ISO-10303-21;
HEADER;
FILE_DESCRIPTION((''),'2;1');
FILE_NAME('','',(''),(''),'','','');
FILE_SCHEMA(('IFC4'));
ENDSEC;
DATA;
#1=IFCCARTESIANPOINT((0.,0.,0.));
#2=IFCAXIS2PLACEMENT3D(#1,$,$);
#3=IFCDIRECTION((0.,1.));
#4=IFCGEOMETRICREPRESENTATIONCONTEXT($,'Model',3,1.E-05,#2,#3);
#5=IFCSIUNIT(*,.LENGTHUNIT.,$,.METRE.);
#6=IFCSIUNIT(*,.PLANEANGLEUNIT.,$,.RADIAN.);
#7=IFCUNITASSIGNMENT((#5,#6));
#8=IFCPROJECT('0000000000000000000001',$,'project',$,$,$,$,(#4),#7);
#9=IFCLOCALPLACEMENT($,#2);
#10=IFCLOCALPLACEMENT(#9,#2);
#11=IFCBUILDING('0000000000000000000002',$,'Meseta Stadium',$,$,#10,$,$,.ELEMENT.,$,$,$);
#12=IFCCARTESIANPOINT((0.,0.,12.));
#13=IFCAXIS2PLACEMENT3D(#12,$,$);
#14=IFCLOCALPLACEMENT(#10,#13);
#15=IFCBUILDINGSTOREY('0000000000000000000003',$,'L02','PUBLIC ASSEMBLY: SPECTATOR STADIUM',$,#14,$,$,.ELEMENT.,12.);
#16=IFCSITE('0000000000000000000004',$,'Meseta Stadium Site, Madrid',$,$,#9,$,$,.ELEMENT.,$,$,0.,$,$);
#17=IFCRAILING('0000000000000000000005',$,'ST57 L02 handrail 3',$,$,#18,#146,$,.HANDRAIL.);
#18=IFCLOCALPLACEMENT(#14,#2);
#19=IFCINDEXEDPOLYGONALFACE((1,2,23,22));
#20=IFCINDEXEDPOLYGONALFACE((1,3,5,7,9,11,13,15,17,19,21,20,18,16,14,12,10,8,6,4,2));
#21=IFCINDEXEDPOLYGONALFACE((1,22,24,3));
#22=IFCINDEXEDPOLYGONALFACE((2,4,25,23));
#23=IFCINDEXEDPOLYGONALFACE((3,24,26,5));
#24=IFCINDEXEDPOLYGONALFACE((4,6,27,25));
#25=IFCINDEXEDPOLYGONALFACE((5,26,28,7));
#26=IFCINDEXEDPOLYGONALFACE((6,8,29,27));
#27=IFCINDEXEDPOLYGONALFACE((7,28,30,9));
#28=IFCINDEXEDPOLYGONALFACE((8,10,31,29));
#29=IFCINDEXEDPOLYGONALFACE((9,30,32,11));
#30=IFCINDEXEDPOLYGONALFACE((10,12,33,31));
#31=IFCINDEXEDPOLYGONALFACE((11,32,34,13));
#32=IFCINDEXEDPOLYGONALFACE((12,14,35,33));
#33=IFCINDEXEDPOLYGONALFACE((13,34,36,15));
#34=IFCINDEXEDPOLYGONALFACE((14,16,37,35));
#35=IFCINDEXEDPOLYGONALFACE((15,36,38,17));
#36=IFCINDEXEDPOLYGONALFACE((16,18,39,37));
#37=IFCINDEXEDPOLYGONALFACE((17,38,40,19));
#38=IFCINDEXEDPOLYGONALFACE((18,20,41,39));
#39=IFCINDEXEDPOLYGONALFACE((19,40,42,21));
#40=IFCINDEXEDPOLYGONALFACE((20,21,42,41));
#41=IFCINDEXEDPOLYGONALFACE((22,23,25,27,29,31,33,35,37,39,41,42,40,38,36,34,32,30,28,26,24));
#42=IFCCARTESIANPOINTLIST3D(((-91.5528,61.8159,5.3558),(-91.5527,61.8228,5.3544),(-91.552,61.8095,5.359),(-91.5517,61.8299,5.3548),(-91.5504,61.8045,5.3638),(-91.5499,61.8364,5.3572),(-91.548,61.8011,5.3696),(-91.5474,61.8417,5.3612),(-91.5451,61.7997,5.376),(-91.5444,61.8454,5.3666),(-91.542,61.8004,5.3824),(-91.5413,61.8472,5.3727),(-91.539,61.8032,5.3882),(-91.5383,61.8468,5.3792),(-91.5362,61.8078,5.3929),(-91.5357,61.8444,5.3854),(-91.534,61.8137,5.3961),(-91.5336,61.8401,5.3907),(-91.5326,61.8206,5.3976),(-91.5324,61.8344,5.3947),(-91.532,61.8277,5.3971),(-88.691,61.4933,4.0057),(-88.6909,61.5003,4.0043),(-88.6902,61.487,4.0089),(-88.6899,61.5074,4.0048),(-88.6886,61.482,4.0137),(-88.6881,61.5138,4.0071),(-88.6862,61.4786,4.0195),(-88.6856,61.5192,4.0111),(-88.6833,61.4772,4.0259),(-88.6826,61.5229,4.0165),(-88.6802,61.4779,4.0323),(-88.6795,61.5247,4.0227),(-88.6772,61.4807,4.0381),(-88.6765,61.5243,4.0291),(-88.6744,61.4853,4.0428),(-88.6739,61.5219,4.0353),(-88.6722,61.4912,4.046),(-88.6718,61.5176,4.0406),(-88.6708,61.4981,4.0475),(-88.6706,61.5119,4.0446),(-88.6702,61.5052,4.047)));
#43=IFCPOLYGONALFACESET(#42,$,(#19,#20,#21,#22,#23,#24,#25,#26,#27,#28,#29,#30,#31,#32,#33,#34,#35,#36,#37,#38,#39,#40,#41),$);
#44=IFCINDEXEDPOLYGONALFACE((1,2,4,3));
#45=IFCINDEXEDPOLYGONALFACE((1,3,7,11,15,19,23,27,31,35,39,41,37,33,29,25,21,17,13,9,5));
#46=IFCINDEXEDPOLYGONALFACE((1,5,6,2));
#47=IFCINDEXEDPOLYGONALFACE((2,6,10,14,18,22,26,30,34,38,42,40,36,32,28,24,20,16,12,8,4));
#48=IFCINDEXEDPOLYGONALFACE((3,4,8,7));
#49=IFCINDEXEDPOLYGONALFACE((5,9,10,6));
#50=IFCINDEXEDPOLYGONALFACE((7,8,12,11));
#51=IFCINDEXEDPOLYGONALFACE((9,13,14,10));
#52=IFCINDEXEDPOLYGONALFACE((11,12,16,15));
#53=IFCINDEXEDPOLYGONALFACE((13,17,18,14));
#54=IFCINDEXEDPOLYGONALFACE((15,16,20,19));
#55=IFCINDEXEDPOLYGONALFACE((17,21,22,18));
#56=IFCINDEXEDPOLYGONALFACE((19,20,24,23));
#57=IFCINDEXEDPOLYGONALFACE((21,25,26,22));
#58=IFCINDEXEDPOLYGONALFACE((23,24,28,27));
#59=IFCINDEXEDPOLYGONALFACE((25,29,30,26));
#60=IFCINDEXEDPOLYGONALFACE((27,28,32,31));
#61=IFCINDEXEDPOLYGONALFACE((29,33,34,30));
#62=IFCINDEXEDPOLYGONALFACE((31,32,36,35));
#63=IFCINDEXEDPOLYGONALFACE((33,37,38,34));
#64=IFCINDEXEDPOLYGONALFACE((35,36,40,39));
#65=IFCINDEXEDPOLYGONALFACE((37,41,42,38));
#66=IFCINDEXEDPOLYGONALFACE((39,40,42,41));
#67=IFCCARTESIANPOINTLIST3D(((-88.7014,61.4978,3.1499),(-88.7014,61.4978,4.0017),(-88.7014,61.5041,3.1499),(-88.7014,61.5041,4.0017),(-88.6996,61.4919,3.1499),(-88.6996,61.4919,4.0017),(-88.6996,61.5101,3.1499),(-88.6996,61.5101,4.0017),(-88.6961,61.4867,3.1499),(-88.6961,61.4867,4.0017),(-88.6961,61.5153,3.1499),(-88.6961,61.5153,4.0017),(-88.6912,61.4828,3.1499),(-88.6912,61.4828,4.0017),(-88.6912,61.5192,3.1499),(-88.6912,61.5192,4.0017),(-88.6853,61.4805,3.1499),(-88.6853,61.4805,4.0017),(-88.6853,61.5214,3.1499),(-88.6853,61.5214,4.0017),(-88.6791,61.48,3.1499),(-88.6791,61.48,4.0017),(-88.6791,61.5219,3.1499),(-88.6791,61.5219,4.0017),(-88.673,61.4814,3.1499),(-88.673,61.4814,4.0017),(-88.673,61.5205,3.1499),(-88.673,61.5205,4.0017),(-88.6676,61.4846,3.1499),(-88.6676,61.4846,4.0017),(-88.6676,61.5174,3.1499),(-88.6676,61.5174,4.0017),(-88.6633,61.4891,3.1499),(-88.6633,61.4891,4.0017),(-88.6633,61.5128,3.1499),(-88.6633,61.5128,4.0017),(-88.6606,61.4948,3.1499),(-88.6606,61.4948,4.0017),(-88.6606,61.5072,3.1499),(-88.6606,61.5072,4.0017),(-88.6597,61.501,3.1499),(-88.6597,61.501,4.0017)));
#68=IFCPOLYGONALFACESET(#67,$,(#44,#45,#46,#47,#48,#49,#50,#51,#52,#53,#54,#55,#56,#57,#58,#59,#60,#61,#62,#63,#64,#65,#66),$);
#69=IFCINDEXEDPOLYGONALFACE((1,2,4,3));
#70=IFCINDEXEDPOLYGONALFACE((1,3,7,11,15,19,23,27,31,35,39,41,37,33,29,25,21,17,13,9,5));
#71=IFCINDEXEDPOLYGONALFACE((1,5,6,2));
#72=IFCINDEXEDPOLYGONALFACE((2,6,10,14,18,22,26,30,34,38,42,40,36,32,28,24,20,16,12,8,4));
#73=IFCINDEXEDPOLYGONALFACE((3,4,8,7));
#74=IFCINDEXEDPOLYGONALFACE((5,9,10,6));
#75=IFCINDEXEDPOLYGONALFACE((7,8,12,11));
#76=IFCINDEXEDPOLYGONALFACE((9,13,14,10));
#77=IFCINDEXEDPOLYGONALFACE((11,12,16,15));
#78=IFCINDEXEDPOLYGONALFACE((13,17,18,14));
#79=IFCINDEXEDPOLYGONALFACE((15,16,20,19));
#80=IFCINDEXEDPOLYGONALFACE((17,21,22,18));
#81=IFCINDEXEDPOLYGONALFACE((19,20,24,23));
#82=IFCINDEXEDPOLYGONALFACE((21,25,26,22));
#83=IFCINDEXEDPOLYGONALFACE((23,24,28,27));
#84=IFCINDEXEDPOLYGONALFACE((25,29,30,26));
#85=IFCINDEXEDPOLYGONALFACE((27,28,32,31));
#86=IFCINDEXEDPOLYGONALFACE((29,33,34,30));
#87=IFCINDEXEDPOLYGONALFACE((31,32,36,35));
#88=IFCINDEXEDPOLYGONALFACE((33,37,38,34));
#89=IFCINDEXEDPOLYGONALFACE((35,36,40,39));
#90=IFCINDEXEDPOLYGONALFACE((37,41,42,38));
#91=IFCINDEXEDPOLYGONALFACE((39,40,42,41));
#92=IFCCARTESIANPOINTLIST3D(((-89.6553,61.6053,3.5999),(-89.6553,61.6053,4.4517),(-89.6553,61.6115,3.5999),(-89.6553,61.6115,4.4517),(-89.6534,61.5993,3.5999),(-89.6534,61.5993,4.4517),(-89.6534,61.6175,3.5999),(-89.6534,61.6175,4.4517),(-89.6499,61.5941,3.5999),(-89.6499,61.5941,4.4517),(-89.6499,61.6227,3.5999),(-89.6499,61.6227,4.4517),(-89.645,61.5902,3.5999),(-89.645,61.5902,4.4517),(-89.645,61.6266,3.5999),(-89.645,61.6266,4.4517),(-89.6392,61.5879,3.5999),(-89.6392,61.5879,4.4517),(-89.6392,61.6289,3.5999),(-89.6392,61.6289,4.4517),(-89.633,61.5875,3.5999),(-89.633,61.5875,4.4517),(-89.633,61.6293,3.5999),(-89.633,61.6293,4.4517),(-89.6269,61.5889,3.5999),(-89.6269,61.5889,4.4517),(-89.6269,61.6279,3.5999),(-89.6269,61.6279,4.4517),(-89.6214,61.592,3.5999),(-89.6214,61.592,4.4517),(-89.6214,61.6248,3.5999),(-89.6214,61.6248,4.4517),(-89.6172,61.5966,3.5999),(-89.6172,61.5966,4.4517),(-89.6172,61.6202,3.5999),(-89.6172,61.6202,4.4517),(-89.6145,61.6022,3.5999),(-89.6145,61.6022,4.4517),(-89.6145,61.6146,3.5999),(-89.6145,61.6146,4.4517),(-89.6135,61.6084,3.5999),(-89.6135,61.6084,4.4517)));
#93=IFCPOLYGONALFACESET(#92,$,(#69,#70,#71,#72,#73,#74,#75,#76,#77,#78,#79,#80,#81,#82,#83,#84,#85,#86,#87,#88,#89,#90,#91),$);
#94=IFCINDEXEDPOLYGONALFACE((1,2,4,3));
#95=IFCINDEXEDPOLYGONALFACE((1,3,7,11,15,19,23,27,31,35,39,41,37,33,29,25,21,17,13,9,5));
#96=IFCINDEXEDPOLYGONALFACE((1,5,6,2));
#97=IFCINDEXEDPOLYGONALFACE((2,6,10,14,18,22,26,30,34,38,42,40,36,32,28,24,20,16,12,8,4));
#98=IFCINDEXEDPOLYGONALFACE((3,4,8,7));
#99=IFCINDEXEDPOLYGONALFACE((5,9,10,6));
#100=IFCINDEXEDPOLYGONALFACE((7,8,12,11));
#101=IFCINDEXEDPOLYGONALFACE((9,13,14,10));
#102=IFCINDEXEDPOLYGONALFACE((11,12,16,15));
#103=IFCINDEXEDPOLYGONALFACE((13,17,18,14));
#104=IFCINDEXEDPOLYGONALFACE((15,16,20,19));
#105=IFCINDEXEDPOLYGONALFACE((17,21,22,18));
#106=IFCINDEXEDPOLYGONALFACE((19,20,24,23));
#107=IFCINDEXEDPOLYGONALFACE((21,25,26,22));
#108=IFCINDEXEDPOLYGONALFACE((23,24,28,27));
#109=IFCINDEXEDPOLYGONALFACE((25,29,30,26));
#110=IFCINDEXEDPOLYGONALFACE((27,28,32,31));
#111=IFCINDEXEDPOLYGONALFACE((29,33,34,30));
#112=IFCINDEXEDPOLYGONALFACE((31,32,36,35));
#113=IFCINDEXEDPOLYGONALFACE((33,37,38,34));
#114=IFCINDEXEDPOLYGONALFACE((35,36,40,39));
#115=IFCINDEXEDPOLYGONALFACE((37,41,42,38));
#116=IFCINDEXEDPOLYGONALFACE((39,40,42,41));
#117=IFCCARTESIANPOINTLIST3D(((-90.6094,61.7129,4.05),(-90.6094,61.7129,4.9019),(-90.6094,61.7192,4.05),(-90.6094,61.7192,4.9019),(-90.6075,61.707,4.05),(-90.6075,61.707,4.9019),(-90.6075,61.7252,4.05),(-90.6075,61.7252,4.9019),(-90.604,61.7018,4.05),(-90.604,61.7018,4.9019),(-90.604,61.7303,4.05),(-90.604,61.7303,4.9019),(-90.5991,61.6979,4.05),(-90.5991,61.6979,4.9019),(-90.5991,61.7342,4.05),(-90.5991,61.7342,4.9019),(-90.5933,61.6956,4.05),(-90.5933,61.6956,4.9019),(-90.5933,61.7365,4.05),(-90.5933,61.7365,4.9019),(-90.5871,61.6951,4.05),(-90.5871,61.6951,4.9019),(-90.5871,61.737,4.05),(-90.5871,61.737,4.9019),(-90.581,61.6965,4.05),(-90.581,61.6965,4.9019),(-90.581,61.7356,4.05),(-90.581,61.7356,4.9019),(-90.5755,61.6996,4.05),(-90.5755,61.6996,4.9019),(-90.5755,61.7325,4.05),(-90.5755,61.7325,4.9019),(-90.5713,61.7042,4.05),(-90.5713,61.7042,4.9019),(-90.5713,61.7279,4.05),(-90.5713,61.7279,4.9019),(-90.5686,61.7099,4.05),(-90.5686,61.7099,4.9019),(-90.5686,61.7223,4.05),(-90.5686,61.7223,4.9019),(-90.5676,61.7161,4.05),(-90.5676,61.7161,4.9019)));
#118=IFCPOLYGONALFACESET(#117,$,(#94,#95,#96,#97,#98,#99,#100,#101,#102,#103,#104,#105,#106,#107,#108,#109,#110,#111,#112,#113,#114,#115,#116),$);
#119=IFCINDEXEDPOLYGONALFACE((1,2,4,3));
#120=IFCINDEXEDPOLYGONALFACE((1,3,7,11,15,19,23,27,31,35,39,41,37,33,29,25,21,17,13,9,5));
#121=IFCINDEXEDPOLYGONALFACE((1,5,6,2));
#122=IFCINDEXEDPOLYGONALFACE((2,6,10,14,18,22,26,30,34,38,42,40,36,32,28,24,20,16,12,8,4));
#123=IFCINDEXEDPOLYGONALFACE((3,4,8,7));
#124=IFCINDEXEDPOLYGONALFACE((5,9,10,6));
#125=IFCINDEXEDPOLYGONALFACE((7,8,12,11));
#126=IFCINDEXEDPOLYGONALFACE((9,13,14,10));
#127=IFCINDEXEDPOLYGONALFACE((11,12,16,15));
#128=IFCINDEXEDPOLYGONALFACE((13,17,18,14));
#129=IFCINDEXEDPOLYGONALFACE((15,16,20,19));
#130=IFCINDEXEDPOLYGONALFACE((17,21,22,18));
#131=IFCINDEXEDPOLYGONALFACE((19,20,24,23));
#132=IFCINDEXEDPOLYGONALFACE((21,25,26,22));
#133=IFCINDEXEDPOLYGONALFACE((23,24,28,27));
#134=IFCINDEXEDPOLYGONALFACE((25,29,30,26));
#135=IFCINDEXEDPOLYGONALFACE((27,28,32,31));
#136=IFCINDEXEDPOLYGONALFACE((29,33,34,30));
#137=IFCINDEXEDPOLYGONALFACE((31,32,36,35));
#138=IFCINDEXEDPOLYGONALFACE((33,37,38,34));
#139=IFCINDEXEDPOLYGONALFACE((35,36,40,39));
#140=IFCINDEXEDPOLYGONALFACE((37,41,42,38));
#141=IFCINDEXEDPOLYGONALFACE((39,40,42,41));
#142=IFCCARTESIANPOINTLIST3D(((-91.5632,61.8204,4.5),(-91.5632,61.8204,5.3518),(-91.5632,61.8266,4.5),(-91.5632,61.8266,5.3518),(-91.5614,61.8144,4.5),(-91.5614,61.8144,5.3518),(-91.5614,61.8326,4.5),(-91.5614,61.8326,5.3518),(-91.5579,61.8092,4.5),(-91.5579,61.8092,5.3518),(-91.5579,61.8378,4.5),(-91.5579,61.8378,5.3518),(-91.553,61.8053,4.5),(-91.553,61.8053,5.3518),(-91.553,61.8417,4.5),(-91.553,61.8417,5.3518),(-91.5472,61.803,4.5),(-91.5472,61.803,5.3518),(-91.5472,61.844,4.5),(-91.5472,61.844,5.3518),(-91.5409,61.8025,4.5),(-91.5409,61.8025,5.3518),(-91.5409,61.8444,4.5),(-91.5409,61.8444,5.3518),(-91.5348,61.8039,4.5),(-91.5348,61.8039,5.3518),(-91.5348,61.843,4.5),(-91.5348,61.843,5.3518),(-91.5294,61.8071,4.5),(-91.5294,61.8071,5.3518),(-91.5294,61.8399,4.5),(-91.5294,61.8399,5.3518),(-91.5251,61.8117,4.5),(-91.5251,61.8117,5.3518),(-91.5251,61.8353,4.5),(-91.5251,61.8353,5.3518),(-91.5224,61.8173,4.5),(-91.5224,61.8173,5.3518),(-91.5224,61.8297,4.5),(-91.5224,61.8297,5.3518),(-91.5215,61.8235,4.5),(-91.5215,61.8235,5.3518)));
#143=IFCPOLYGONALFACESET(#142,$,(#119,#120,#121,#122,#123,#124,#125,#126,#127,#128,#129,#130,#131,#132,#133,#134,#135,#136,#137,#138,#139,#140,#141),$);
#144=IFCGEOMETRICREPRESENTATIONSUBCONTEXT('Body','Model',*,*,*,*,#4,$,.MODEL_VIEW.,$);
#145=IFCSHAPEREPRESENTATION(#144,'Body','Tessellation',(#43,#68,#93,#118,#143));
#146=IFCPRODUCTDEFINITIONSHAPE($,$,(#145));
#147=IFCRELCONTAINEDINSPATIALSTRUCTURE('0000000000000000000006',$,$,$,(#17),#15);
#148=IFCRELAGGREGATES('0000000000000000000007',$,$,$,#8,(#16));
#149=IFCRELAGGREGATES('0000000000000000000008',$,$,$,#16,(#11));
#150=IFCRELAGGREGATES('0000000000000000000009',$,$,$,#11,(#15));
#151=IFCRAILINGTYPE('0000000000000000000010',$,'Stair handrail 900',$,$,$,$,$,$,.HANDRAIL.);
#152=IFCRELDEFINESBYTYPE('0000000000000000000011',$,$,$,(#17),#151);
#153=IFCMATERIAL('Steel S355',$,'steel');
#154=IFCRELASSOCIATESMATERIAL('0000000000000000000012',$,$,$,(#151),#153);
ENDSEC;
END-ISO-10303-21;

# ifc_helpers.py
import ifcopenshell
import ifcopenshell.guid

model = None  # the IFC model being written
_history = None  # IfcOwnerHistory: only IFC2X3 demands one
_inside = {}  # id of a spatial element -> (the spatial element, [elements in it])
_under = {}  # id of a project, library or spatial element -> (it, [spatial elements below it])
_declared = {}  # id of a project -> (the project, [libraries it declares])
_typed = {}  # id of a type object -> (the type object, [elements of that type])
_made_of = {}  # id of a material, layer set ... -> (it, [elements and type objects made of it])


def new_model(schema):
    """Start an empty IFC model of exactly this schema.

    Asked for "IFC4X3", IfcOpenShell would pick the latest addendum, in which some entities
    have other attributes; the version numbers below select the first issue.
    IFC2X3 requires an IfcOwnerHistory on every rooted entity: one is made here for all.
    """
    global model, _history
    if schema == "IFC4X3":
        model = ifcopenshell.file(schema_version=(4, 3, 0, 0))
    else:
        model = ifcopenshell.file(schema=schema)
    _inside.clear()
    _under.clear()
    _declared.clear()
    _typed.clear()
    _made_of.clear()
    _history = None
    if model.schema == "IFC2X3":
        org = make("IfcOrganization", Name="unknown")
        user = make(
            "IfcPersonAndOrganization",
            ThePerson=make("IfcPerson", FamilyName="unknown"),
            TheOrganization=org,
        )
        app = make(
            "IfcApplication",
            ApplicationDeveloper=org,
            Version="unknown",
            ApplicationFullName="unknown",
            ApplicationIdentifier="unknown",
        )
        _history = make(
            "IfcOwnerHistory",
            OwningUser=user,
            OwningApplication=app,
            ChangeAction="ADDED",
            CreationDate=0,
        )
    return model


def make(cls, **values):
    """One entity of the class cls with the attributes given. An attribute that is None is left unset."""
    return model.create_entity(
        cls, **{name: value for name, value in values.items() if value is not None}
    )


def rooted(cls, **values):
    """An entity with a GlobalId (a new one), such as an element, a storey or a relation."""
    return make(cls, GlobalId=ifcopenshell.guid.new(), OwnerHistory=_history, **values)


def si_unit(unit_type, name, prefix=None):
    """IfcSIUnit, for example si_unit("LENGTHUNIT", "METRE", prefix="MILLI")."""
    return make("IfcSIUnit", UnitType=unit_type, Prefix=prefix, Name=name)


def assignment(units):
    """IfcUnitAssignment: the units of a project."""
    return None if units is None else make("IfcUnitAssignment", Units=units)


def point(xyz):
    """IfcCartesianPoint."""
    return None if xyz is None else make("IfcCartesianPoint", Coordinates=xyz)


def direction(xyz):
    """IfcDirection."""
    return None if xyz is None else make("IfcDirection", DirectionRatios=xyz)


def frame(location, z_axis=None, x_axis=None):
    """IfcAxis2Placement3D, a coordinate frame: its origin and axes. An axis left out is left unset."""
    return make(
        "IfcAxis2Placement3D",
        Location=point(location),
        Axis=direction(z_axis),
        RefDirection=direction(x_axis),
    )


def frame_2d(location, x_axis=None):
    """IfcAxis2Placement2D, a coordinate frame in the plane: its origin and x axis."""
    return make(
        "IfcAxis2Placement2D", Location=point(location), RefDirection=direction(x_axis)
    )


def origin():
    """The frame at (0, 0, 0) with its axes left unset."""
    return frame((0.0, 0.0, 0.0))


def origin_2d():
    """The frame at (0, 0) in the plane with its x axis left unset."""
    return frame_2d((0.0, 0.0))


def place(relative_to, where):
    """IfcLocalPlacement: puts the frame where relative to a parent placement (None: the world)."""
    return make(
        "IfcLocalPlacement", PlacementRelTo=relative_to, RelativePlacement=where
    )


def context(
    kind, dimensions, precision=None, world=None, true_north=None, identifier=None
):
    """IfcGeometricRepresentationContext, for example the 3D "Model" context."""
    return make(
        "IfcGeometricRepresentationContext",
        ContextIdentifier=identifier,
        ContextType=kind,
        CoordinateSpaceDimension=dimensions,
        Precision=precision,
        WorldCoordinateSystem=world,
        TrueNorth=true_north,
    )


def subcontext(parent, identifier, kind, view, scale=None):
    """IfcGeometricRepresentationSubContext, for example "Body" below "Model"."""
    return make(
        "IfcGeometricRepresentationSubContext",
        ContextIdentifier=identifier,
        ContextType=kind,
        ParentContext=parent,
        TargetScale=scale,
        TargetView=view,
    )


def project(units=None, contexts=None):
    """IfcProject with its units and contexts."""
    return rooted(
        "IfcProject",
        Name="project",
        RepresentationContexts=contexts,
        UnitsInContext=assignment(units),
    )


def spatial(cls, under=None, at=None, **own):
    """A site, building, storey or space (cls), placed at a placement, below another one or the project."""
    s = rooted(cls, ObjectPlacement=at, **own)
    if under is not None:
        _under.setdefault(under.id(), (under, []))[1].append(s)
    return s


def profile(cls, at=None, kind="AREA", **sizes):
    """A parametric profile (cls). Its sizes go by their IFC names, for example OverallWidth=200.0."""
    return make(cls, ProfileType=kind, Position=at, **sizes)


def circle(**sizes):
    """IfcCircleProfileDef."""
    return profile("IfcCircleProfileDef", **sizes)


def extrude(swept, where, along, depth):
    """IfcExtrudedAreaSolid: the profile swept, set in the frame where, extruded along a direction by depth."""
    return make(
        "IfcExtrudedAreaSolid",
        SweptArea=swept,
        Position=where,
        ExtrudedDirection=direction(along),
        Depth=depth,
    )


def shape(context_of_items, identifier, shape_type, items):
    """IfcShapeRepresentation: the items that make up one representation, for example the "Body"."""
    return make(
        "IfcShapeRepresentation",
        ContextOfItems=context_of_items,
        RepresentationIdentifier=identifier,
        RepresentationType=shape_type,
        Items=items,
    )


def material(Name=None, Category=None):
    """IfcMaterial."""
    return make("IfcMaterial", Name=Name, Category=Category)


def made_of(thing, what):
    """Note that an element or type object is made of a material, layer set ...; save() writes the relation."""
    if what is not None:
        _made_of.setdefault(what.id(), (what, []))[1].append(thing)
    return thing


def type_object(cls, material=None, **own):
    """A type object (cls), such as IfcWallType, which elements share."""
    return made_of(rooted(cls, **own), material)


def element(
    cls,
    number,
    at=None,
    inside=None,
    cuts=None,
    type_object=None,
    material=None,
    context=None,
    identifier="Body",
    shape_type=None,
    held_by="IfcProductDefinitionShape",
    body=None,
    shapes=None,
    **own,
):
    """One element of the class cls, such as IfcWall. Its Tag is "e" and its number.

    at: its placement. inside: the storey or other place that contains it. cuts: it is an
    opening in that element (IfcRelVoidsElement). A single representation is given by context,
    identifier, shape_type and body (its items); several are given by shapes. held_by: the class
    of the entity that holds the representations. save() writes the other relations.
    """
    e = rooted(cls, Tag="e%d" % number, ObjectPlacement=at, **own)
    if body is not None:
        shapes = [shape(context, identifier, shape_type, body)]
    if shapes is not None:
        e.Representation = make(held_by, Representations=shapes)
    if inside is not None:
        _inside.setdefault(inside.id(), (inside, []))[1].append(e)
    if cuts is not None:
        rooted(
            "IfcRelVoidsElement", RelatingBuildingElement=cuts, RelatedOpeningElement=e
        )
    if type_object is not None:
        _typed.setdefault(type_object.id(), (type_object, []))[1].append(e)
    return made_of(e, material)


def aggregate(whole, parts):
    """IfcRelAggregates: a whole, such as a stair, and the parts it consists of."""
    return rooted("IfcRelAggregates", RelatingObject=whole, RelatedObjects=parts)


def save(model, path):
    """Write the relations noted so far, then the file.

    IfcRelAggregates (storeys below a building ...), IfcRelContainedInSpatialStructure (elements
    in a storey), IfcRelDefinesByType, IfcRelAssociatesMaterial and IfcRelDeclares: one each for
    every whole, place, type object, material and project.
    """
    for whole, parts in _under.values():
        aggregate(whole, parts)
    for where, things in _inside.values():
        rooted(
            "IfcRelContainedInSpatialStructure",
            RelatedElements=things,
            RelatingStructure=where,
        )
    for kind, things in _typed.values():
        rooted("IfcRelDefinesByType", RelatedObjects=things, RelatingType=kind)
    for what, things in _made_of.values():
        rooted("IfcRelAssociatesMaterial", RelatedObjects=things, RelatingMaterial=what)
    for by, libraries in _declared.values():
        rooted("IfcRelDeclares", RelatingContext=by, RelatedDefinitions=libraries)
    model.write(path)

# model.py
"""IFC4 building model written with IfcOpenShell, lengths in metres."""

from ifc_helpers import new_model, si_unit, direction, frame, origin, origin_2d, place, context, subcontext, project, spatial, circle, extrude, material, type_object, element, save


model = new_model("IFC4")

# Units and contexts
model_context = context("Model", 3, precision=1e-05, world=origin(), true_north=direction((0.0, 1.0)))
body_context = subcontext(model_context, "Body", "Model", "MODEL_VIEW")
ifc_project = project(units=[si_unit("LENGTHUNIT", "METRE"), si_unit("PLANEANGLEUNIT", "RADIAN")], contexts=[model_context])

# Site, building, storey
site_placement = place(None, origin())
site = spatial("IfcSite", under=ifc_project, at=site_placement, Name="Meseta Stadium Site, Madrid", CompositionType="ELEMENT", RefElevation=0.0)
building_placement = place(site_placement, origin())
building = spatial("IfcBuilding", under=site, at=building_placement, Name="Meseta Stadium", CompositionType="ELEMENT")
storey_placement = place(building_placement, frame((0.0, 0.0, 12.0)))
storey = spatial("IfcBuildingStorey", under=building, at=storey_placement, Name="L02", Description="PUBLIC ASSEMBLY: SPECTATOR STADIUM", CompositionType="ELEMENT", Elevation=12.0)

# Railing
ifc_material_1 = material(Name="Steel S355", Category="steel")
railing_type_1 = type_object("IfcRailingType", Name="Stair handrail 900", PredefinedType="HANDRAIL", material=ifc_material_1)
for number, where, name in (
    (1, (-88.6807, 61.501, 3.1499), "ST57 L02 handrail 3"),
):
    element("IfcRailing", number, at=place(storey_placement, frame(where)), inside=storey, type_object=railing_type_1, Name=name, PredefinedType="HANDRAIL", context=body_context, shape_type="SweptSolid", body=[
        extrude(circle(Radius=0.0239, at=origin_2d()), frame((0.0, 0.0, 0.876), z_axis=(-0.899748, 0.101396, 0.424467), x_axis=(-0.111985, -0.99371, 0.0)), (0.0, 0.0, 1.0), 3.1807),
        extrude(circle(Radius=0.021, at=origin_2d()), origin(), (0.0, 0.0, 1.0), 0.8518),
        extrude(circle(Radius=0.021, at=origin_2d()), frame((-0.9539, 0.1074, 0.45)), (0.0, 0.0, 1.0), 0.8518),
        extrude(circle(Radius=0.021, at=origin_2d()), frame((-1.908, 0.2151, 0.9001)), (0.0, 0.0, 1.0), 0.8518),
        extrude(circle(Radius=0.021, at=origin_2d()), frame((-2.8618, 0.3225, 1.3501)), (0.0, 0.0, 1.0), 0.8518),
    ])

save(model, "model.ifc")
